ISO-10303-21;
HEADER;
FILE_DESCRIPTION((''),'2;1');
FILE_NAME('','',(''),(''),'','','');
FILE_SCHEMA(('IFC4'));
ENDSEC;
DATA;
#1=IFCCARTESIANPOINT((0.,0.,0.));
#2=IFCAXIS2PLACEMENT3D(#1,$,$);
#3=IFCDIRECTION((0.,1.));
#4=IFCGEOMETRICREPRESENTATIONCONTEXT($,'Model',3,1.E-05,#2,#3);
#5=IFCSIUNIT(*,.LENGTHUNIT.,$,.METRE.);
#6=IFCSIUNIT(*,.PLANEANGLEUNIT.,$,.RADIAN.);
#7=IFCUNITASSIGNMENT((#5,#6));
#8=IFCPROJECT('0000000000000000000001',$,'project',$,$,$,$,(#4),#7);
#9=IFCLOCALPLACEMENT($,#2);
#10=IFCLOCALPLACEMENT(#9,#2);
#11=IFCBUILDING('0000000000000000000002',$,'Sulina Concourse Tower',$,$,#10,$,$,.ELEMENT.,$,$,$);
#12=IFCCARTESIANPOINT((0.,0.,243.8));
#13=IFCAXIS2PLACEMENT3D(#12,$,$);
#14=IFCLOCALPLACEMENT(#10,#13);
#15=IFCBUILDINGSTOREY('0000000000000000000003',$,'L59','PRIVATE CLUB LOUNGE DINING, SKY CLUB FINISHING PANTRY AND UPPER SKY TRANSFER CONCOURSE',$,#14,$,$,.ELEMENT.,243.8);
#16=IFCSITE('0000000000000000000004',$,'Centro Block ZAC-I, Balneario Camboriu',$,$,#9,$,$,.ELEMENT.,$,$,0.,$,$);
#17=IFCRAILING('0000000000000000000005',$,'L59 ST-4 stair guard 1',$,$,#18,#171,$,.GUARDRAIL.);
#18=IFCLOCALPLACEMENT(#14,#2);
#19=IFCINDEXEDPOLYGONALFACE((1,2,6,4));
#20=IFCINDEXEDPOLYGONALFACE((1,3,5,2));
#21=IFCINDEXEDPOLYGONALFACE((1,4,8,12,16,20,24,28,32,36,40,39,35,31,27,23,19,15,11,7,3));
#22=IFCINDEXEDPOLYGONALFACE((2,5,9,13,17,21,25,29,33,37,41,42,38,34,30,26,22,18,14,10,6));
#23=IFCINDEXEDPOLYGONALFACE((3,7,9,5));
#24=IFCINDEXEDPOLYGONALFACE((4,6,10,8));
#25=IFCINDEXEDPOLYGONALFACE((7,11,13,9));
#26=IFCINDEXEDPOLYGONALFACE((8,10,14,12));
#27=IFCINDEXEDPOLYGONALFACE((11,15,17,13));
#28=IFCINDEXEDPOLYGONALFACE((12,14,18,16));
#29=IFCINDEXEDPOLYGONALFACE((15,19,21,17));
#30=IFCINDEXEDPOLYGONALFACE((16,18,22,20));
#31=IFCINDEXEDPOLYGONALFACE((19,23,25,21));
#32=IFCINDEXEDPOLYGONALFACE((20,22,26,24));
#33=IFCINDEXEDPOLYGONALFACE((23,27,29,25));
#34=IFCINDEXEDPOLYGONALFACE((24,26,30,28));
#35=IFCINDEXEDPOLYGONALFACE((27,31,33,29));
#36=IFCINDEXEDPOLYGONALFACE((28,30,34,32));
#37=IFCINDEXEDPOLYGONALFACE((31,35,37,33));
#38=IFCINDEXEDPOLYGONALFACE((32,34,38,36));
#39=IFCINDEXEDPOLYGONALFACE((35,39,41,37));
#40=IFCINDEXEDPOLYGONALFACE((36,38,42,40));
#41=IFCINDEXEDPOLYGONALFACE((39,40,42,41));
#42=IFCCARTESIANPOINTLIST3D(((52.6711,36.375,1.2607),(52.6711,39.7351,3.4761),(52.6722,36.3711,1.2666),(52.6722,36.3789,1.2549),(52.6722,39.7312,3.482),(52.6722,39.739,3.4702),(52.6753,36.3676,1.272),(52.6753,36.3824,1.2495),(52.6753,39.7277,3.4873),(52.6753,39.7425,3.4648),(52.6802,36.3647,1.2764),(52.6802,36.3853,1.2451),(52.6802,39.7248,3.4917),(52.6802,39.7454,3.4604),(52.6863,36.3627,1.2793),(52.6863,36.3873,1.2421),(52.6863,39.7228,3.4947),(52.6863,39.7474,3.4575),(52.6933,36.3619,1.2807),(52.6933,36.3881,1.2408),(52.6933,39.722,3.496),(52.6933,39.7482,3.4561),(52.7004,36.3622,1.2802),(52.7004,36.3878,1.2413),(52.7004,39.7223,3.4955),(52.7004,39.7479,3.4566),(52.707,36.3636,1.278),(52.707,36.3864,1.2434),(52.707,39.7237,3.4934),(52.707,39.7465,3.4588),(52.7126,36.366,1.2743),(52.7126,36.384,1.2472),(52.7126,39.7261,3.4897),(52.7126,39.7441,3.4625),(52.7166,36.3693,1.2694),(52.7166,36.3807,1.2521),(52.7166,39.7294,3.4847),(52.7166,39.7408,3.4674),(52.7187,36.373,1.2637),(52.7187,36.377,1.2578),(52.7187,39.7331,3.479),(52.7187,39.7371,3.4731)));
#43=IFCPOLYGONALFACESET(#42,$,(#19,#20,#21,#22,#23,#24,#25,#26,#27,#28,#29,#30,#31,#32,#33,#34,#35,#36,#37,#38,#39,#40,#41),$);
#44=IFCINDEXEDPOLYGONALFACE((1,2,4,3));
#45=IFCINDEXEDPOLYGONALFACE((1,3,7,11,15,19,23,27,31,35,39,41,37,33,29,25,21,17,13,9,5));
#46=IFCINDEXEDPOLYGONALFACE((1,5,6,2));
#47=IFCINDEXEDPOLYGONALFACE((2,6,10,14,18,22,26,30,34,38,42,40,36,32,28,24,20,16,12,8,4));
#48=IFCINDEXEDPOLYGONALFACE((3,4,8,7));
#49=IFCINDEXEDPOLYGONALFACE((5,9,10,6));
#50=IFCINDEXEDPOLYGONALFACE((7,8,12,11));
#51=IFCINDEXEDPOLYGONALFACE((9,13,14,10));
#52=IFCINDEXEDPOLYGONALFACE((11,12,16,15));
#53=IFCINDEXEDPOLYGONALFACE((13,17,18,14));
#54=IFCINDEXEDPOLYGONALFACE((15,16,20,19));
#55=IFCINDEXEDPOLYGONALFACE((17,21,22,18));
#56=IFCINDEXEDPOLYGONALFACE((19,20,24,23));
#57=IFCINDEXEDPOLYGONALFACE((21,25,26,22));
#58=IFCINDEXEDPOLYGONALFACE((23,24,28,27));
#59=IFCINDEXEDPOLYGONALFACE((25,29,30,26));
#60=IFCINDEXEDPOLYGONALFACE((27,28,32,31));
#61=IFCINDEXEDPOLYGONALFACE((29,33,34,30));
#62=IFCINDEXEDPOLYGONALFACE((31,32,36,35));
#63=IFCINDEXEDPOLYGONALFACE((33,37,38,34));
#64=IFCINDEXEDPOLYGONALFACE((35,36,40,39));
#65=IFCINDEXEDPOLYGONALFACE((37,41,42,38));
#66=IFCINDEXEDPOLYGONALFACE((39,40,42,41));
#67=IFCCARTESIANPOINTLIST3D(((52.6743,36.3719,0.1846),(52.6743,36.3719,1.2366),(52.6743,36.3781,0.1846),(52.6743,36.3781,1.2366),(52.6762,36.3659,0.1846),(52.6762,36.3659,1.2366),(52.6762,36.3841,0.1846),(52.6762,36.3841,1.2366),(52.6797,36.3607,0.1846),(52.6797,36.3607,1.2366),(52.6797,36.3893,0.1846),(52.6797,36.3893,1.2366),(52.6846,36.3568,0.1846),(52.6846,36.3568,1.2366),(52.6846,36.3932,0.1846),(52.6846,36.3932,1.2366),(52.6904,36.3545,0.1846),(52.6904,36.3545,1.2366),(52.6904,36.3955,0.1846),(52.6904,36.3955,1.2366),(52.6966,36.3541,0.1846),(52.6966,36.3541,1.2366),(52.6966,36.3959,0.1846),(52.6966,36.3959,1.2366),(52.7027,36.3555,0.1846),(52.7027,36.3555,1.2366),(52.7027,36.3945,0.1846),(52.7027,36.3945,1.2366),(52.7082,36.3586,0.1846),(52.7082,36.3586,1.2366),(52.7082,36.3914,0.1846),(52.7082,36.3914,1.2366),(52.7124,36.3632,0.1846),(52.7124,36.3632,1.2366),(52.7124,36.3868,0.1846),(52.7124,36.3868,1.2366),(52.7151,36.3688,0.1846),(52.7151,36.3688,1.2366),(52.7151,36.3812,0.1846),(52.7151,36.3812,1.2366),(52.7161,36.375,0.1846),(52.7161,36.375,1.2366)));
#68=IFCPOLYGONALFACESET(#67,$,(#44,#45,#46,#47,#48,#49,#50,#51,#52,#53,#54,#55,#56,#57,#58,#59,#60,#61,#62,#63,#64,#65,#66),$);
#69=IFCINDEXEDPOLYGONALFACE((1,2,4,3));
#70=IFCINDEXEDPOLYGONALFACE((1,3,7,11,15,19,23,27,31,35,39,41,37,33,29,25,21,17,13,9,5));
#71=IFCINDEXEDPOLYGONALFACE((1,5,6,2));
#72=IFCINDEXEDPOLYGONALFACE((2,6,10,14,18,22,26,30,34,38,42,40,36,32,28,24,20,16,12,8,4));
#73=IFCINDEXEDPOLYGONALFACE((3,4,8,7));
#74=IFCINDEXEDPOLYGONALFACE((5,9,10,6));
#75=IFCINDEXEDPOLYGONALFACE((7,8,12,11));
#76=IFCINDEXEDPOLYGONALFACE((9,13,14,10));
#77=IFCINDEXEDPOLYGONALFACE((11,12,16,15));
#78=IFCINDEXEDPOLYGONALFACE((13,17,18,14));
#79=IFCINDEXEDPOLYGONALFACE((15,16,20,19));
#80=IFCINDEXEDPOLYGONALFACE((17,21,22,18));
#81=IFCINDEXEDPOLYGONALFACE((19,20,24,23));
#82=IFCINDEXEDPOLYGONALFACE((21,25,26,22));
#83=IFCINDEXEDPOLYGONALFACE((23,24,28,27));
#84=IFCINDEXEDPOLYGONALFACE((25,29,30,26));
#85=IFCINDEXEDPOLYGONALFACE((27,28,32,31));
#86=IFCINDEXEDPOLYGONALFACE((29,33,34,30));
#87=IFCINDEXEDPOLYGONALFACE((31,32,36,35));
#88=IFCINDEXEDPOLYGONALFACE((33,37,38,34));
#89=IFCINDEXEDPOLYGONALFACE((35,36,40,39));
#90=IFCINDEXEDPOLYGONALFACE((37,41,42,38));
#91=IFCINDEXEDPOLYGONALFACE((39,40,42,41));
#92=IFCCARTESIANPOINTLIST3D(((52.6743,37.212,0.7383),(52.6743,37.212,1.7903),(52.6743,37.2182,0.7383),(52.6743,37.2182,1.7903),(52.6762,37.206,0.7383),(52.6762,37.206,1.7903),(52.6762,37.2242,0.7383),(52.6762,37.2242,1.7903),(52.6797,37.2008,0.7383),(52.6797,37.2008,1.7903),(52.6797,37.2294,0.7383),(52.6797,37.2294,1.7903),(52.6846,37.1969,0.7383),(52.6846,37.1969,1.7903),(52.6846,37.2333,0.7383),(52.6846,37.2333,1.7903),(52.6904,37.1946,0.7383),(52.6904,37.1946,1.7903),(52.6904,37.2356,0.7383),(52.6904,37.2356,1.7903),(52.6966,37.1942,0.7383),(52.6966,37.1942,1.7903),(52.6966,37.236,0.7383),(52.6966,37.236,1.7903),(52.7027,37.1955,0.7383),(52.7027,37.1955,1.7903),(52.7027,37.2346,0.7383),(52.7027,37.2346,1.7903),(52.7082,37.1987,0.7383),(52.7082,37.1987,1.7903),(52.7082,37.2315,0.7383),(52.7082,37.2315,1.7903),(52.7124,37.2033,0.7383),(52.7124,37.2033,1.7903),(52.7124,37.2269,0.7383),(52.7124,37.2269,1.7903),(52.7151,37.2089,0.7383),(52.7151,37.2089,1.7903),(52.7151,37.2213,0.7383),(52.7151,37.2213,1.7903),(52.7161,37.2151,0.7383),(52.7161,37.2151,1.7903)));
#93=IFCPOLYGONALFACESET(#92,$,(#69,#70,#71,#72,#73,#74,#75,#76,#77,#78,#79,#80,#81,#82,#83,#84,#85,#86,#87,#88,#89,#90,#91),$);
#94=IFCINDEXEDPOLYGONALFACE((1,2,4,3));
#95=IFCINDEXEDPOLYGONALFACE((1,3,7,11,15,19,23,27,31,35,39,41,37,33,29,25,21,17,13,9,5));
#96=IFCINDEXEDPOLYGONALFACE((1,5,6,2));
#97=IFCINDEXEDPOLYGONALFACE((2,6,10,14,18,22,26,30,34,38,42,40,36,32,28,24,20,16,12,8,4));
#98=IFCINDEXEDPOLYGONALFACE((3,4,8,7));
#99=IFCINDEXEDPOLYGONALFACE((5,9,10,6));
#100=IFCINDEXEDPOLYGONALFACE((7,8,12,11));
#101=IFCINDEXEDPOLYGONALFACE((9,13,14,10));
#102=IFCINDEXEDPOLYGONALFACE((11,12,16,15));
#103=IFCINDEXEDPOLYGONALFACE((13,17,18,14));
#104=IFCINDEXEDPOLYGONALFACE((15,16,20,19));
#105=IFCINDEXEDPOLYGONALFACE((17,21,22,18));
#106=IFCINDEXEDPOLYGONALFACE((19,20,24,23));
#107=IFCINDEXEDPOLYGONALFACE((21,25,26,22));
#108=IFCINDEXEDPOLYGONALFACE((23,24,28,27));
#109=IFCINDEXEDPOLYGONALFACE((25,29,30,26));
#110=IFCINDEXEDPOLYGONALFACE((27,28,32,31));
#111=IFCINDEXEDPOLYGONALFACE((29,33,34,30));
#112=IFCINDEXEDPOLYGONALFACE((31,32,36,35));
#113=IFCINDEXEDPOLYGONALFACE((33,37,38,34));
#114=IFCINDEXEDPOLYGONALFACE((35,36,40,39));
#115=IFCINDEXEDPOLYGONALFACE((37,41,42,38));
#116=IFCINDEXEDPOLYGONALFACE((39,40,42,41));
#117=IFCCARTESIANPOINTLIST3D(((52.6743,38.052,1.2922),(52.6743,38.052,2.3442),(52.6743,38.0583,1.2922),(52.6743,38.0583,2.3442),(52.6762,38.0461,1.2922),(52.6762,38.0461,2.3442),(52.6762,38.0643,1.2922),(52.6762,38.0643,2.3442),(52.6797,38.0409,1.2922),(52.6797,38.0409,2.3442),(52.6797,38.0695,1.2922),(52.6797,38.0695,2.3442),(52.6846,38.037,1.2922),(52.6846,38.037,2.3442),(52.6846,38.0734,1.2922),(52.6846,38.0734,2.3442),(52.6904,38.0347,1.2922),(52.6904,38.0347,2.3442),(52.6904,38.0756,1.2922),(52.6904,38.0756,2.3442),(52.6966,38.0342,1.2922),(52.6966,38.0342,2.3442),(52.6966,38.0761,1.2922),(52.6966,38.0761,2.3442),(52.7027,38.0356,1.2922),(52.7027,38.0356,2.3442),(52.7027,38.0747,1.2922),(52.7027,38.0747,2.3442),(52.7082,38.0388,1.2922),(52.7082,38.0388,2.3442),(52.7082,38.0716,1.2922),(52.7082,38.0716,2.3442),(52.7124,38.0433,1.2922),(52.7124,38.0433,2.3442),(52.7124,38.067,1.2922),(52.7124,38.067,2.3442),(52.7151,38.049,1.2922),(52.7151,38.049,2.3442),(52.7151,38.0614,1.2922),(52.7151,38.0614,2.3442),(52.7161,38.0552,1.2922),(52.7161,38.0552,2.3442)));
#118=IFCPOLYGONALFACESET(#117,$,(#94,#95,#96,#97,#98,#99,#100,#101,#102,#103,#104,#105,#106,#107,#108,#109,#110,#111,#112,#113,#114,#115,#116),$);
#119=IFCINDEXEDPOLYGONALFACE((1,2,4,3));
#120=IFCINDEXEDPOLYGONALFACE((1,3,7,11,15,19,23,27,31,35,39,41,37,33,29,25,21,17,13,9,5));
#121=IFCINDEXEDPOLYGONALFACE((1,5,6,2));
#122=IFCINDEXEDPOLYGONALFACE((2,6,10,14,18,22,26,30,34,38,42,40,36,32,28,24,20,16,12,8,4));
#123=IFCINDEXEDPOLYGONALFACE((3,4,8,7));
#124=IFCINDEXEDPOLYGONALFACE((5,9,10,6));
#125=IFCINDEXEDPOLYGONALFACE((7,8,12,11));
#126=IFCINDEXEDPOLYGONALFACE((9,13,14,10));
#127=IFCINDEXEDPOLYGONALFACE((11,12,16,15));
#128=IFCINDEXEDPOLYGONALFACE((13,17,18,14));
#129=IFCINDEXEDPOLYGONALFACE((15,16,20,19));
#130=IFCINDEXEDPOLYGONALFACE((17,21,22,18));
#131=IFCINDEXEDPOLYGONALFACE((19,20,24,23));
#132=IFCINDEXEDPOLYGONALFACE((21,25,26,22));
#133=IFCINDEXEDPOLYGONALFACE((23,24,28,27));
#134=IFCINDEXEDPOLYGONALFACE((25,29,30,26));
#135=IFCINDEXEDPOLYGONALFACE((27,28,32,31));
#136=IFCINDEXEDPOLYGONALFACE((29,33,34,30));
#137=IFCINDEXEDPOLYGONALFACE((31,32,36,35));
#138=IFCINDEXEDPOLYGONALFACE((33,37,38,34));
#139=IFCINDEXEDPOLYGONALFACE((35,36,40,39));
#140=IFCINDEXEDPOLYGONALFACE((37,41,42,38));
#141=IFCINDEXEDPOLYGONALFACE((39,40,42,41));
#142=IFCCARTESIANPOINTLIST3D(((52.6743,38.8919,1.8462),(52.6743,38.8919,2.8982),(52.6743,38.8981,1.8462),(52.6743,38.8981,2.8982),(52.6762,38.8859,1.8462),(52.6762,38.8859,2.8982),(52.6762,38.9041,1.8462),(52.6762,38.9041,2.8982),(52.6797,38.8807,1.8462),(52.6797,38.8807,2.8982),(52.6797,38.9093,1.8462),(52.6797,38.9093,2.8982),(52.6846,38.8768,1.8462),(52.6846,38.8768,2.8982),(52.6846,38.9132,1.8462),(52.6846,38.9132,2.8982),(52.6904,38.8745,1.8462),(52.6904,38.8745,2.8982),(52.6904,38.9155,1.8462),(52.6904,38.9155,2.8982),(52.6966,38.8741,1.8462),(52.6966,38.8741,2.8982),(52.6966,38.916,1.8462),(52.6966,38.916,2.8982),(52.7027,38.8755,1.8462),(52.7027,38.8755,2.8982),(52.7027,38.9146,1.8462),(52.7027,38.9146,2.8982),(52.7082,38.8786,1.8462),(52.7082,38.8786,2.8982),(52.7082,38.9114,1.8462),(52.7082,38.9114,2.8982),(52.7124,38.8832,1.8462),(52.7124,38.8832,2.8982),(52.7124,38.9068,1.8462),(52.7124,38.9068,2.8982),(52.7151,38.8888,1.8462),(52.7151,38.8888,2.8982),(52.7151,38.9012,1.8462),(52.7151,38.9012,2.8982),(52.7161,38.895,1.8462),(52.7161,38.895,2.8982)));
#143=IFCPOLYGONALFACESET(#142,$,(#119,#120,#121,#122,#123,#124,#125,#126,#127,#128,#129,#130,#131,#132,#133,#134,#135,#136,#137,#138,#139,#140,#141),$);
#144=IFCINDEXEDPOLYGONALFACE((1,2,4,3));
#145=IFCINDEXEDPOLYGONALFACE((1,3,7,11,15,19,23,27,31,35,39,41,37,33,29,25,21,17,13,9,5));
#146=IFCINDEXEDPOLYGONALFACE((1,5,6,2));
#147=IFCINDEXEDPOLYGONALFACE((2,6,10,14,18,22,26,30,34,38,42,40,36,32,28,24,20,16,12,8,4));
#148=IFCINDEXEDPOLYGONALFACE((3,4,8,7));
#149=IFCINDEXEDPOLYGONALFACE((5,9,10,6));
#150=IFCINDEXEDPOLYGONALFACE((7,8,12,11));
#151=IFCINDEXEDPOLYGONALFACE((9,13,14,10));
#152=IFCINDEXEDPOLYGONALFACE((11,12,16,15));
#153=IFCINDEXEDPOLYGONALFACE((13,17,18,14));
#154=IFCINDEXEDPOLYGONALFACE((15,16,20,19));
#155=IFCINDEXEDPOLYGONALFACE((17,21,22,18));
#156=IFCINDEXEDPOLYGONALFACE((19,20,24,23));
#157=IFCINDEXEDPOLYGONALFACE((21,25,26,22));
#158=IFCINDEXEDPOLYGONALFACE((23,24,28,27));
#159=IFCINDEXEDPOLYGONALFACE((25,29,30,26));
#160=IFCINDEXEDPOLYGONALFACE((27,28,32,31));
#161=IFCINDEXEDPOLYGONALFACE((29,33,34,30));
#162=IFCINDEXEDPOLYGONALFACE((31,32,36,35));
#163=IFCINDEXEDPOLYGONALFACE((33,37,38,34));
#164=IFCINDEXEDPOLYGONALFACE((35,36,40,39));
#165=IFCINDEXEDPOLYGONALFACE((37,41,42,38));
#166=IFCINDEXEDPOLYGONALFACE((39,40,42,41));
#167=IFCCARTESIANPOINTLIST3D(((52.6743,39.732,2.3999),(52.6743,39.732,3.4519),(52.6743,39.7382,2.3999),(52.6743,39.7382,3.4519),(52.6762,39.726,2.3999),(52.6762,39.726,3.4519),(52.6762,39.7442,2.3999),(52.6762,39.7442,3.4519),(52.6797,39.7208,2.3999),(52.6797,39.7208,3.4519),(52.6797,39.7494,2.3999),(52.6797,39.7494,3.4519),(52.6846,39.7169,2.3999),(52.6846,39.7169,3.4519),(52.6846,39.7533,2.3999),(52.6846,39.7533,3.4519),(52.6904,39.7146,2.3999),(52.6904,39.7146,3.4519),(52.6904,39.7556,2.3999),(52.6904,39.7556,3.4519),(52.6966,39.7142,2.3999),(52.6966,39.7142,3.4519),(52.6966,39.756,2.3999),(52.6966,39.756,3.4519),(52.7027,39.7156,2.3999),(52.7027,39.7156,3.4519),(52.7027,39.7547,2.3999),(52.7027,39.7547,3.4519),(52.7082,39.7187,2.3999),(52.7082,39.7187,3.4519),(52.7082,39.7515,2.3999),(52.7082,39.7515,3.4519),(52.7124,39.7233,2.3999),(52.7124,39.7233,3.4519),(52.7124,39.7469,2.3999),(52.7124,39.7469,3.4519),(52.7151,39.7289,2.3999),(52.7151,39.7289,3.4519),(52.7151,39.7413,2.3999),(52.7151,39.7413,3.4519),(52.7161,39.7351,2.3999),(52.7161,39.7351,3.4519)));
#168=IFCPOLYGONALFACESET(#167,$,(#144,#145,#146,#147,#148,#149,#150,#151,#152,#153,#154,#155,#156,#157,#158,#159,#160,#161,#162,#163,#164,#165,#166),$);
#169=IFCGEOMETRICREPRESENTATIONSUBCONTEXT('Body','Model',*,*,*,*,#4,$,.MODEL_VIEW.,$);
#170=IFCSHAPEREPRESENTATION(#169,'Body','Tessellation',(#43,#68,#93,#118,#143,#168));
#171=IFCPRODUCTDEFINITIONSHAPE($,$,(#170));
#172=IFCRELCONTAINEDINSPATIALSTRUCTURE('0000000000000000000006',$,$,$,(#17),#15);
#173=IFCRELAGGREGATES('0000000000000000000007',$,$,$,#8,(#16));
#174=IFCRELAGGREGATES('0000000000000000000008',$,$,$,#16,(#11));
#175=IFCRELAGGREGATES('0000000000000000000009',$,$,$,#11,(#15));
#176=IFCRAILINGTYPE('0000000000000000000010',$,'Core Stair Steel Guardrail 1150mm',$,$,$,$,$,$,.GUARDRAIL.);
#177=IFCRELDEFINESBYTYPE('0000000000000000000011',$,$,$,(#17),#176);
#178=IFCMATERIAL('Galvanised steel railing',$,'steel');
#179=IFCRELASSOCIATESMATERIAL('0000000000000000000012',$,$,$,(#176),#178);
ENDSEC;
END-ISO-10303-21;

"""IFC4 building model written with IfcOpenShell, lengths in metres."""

from ifc_helpers import new_model, si_unit, direction, frame, origin, origin_2d, place, context, subcontext, project, spatial, circle, extrude, material, type_object, element, save


model = new_model("IFC4")

# Units and contexts
model_context = context("Model", 3, precision=1e-05, world=origin(), true_north=direction((0.0, 1.0)))
body_context = subcontext(model_context, "Body", "Model", "MODEL_VIEW")
ifc_project = project(units=[si_unit("LENGTHUNIT", "METRE"), si_unit("PLANEANGLEUNIT", "RADIAN")], contexts=[model_context])

# Site, building, storey
site_placement = place(None, origin())
site = spatial("IfcSite", under=ifc_project, at=site_placement, Name="Centro Block ZAC-I, Balneario Camboriu", CompositionType="ELEMENT", RefElevation=0.0)
building_placement = place(site_placement, origin())
building = spatial("IfcBuilding", under=site, at=building_placement, Name="Sulina Concourse Tower", CompositionType="ELEMENT")
storey_placement = place(building_placement, frame((0.0, 0.0, 243.8)))
storey = spatial("IfcBuildingStorey", under=building, at=storey_placement, Name="L59", Description="PRIVATE CLUB LOUNGE DINING, SKY CLUB FINISHING PANTRY AND UPPER SKY TRANSFER CONCOURSE", CompositionType="ELEMENT", Elevation=243.8)

# Railing
ifc_material_1 = material(Name="Galvanised steel railing", Category="steel")
railing_type_1 = type_object("IfcRailingType", Name="Core Stair Steel Guardrail 1150mm", PredefinedType="GUARDRAIL", material=ifc_material_1)
railing_1_placement = place(storey_placement, frame((52.6951, 36.375, 0.1846)))
element("IfcRailing", 1, at=railing_1_placement, inside=storey, type_object=railing_type_1, Name="L59 ST-4 stair guard 1", PredefinedType="GUARDRAIL", context=body_context, shape_type="SweptSolid", body=[
    extrude(circle(Radius=0.0239, at=origin_2d()), frame((0.0, 0.0, 1.0762), z_axis=(0.0, 0.834876, 0.550437), x_axis=(-1.0, 0.0, 0.0)), (0.0, 0.0, 1.0), 4.0247),
    extrude(circle(Radius=0.021, at=origin_2d()), origin(), (0.0, 0.0, 1.0), 1.052),
    extrude(circle(Radius=0.021, at=origin_2d()), frame((0.0, 0.8401, 0.5537)), (0.0, 0.0, 1.0), 1.052),
    extrude(circle(Radius=0.021, at=origin_2d()), frame((0.0, 1.6802, 1.1077)), (0.0, 0.0, 1.0), 1.052),
    extrude(circle(Radius=0.021, at=origin_2d()), frame((0.0, 2.52, 1.6616)), (0.0, 0.0, 1.0), 1.052),
    extrude(circle(Radius=0.021, at=origin_2d()), frame((0.0, 3.3601, 2.2153)), (0.0, 0.0, 1.0), 1.052),
])

save(model, "model.ifc")
